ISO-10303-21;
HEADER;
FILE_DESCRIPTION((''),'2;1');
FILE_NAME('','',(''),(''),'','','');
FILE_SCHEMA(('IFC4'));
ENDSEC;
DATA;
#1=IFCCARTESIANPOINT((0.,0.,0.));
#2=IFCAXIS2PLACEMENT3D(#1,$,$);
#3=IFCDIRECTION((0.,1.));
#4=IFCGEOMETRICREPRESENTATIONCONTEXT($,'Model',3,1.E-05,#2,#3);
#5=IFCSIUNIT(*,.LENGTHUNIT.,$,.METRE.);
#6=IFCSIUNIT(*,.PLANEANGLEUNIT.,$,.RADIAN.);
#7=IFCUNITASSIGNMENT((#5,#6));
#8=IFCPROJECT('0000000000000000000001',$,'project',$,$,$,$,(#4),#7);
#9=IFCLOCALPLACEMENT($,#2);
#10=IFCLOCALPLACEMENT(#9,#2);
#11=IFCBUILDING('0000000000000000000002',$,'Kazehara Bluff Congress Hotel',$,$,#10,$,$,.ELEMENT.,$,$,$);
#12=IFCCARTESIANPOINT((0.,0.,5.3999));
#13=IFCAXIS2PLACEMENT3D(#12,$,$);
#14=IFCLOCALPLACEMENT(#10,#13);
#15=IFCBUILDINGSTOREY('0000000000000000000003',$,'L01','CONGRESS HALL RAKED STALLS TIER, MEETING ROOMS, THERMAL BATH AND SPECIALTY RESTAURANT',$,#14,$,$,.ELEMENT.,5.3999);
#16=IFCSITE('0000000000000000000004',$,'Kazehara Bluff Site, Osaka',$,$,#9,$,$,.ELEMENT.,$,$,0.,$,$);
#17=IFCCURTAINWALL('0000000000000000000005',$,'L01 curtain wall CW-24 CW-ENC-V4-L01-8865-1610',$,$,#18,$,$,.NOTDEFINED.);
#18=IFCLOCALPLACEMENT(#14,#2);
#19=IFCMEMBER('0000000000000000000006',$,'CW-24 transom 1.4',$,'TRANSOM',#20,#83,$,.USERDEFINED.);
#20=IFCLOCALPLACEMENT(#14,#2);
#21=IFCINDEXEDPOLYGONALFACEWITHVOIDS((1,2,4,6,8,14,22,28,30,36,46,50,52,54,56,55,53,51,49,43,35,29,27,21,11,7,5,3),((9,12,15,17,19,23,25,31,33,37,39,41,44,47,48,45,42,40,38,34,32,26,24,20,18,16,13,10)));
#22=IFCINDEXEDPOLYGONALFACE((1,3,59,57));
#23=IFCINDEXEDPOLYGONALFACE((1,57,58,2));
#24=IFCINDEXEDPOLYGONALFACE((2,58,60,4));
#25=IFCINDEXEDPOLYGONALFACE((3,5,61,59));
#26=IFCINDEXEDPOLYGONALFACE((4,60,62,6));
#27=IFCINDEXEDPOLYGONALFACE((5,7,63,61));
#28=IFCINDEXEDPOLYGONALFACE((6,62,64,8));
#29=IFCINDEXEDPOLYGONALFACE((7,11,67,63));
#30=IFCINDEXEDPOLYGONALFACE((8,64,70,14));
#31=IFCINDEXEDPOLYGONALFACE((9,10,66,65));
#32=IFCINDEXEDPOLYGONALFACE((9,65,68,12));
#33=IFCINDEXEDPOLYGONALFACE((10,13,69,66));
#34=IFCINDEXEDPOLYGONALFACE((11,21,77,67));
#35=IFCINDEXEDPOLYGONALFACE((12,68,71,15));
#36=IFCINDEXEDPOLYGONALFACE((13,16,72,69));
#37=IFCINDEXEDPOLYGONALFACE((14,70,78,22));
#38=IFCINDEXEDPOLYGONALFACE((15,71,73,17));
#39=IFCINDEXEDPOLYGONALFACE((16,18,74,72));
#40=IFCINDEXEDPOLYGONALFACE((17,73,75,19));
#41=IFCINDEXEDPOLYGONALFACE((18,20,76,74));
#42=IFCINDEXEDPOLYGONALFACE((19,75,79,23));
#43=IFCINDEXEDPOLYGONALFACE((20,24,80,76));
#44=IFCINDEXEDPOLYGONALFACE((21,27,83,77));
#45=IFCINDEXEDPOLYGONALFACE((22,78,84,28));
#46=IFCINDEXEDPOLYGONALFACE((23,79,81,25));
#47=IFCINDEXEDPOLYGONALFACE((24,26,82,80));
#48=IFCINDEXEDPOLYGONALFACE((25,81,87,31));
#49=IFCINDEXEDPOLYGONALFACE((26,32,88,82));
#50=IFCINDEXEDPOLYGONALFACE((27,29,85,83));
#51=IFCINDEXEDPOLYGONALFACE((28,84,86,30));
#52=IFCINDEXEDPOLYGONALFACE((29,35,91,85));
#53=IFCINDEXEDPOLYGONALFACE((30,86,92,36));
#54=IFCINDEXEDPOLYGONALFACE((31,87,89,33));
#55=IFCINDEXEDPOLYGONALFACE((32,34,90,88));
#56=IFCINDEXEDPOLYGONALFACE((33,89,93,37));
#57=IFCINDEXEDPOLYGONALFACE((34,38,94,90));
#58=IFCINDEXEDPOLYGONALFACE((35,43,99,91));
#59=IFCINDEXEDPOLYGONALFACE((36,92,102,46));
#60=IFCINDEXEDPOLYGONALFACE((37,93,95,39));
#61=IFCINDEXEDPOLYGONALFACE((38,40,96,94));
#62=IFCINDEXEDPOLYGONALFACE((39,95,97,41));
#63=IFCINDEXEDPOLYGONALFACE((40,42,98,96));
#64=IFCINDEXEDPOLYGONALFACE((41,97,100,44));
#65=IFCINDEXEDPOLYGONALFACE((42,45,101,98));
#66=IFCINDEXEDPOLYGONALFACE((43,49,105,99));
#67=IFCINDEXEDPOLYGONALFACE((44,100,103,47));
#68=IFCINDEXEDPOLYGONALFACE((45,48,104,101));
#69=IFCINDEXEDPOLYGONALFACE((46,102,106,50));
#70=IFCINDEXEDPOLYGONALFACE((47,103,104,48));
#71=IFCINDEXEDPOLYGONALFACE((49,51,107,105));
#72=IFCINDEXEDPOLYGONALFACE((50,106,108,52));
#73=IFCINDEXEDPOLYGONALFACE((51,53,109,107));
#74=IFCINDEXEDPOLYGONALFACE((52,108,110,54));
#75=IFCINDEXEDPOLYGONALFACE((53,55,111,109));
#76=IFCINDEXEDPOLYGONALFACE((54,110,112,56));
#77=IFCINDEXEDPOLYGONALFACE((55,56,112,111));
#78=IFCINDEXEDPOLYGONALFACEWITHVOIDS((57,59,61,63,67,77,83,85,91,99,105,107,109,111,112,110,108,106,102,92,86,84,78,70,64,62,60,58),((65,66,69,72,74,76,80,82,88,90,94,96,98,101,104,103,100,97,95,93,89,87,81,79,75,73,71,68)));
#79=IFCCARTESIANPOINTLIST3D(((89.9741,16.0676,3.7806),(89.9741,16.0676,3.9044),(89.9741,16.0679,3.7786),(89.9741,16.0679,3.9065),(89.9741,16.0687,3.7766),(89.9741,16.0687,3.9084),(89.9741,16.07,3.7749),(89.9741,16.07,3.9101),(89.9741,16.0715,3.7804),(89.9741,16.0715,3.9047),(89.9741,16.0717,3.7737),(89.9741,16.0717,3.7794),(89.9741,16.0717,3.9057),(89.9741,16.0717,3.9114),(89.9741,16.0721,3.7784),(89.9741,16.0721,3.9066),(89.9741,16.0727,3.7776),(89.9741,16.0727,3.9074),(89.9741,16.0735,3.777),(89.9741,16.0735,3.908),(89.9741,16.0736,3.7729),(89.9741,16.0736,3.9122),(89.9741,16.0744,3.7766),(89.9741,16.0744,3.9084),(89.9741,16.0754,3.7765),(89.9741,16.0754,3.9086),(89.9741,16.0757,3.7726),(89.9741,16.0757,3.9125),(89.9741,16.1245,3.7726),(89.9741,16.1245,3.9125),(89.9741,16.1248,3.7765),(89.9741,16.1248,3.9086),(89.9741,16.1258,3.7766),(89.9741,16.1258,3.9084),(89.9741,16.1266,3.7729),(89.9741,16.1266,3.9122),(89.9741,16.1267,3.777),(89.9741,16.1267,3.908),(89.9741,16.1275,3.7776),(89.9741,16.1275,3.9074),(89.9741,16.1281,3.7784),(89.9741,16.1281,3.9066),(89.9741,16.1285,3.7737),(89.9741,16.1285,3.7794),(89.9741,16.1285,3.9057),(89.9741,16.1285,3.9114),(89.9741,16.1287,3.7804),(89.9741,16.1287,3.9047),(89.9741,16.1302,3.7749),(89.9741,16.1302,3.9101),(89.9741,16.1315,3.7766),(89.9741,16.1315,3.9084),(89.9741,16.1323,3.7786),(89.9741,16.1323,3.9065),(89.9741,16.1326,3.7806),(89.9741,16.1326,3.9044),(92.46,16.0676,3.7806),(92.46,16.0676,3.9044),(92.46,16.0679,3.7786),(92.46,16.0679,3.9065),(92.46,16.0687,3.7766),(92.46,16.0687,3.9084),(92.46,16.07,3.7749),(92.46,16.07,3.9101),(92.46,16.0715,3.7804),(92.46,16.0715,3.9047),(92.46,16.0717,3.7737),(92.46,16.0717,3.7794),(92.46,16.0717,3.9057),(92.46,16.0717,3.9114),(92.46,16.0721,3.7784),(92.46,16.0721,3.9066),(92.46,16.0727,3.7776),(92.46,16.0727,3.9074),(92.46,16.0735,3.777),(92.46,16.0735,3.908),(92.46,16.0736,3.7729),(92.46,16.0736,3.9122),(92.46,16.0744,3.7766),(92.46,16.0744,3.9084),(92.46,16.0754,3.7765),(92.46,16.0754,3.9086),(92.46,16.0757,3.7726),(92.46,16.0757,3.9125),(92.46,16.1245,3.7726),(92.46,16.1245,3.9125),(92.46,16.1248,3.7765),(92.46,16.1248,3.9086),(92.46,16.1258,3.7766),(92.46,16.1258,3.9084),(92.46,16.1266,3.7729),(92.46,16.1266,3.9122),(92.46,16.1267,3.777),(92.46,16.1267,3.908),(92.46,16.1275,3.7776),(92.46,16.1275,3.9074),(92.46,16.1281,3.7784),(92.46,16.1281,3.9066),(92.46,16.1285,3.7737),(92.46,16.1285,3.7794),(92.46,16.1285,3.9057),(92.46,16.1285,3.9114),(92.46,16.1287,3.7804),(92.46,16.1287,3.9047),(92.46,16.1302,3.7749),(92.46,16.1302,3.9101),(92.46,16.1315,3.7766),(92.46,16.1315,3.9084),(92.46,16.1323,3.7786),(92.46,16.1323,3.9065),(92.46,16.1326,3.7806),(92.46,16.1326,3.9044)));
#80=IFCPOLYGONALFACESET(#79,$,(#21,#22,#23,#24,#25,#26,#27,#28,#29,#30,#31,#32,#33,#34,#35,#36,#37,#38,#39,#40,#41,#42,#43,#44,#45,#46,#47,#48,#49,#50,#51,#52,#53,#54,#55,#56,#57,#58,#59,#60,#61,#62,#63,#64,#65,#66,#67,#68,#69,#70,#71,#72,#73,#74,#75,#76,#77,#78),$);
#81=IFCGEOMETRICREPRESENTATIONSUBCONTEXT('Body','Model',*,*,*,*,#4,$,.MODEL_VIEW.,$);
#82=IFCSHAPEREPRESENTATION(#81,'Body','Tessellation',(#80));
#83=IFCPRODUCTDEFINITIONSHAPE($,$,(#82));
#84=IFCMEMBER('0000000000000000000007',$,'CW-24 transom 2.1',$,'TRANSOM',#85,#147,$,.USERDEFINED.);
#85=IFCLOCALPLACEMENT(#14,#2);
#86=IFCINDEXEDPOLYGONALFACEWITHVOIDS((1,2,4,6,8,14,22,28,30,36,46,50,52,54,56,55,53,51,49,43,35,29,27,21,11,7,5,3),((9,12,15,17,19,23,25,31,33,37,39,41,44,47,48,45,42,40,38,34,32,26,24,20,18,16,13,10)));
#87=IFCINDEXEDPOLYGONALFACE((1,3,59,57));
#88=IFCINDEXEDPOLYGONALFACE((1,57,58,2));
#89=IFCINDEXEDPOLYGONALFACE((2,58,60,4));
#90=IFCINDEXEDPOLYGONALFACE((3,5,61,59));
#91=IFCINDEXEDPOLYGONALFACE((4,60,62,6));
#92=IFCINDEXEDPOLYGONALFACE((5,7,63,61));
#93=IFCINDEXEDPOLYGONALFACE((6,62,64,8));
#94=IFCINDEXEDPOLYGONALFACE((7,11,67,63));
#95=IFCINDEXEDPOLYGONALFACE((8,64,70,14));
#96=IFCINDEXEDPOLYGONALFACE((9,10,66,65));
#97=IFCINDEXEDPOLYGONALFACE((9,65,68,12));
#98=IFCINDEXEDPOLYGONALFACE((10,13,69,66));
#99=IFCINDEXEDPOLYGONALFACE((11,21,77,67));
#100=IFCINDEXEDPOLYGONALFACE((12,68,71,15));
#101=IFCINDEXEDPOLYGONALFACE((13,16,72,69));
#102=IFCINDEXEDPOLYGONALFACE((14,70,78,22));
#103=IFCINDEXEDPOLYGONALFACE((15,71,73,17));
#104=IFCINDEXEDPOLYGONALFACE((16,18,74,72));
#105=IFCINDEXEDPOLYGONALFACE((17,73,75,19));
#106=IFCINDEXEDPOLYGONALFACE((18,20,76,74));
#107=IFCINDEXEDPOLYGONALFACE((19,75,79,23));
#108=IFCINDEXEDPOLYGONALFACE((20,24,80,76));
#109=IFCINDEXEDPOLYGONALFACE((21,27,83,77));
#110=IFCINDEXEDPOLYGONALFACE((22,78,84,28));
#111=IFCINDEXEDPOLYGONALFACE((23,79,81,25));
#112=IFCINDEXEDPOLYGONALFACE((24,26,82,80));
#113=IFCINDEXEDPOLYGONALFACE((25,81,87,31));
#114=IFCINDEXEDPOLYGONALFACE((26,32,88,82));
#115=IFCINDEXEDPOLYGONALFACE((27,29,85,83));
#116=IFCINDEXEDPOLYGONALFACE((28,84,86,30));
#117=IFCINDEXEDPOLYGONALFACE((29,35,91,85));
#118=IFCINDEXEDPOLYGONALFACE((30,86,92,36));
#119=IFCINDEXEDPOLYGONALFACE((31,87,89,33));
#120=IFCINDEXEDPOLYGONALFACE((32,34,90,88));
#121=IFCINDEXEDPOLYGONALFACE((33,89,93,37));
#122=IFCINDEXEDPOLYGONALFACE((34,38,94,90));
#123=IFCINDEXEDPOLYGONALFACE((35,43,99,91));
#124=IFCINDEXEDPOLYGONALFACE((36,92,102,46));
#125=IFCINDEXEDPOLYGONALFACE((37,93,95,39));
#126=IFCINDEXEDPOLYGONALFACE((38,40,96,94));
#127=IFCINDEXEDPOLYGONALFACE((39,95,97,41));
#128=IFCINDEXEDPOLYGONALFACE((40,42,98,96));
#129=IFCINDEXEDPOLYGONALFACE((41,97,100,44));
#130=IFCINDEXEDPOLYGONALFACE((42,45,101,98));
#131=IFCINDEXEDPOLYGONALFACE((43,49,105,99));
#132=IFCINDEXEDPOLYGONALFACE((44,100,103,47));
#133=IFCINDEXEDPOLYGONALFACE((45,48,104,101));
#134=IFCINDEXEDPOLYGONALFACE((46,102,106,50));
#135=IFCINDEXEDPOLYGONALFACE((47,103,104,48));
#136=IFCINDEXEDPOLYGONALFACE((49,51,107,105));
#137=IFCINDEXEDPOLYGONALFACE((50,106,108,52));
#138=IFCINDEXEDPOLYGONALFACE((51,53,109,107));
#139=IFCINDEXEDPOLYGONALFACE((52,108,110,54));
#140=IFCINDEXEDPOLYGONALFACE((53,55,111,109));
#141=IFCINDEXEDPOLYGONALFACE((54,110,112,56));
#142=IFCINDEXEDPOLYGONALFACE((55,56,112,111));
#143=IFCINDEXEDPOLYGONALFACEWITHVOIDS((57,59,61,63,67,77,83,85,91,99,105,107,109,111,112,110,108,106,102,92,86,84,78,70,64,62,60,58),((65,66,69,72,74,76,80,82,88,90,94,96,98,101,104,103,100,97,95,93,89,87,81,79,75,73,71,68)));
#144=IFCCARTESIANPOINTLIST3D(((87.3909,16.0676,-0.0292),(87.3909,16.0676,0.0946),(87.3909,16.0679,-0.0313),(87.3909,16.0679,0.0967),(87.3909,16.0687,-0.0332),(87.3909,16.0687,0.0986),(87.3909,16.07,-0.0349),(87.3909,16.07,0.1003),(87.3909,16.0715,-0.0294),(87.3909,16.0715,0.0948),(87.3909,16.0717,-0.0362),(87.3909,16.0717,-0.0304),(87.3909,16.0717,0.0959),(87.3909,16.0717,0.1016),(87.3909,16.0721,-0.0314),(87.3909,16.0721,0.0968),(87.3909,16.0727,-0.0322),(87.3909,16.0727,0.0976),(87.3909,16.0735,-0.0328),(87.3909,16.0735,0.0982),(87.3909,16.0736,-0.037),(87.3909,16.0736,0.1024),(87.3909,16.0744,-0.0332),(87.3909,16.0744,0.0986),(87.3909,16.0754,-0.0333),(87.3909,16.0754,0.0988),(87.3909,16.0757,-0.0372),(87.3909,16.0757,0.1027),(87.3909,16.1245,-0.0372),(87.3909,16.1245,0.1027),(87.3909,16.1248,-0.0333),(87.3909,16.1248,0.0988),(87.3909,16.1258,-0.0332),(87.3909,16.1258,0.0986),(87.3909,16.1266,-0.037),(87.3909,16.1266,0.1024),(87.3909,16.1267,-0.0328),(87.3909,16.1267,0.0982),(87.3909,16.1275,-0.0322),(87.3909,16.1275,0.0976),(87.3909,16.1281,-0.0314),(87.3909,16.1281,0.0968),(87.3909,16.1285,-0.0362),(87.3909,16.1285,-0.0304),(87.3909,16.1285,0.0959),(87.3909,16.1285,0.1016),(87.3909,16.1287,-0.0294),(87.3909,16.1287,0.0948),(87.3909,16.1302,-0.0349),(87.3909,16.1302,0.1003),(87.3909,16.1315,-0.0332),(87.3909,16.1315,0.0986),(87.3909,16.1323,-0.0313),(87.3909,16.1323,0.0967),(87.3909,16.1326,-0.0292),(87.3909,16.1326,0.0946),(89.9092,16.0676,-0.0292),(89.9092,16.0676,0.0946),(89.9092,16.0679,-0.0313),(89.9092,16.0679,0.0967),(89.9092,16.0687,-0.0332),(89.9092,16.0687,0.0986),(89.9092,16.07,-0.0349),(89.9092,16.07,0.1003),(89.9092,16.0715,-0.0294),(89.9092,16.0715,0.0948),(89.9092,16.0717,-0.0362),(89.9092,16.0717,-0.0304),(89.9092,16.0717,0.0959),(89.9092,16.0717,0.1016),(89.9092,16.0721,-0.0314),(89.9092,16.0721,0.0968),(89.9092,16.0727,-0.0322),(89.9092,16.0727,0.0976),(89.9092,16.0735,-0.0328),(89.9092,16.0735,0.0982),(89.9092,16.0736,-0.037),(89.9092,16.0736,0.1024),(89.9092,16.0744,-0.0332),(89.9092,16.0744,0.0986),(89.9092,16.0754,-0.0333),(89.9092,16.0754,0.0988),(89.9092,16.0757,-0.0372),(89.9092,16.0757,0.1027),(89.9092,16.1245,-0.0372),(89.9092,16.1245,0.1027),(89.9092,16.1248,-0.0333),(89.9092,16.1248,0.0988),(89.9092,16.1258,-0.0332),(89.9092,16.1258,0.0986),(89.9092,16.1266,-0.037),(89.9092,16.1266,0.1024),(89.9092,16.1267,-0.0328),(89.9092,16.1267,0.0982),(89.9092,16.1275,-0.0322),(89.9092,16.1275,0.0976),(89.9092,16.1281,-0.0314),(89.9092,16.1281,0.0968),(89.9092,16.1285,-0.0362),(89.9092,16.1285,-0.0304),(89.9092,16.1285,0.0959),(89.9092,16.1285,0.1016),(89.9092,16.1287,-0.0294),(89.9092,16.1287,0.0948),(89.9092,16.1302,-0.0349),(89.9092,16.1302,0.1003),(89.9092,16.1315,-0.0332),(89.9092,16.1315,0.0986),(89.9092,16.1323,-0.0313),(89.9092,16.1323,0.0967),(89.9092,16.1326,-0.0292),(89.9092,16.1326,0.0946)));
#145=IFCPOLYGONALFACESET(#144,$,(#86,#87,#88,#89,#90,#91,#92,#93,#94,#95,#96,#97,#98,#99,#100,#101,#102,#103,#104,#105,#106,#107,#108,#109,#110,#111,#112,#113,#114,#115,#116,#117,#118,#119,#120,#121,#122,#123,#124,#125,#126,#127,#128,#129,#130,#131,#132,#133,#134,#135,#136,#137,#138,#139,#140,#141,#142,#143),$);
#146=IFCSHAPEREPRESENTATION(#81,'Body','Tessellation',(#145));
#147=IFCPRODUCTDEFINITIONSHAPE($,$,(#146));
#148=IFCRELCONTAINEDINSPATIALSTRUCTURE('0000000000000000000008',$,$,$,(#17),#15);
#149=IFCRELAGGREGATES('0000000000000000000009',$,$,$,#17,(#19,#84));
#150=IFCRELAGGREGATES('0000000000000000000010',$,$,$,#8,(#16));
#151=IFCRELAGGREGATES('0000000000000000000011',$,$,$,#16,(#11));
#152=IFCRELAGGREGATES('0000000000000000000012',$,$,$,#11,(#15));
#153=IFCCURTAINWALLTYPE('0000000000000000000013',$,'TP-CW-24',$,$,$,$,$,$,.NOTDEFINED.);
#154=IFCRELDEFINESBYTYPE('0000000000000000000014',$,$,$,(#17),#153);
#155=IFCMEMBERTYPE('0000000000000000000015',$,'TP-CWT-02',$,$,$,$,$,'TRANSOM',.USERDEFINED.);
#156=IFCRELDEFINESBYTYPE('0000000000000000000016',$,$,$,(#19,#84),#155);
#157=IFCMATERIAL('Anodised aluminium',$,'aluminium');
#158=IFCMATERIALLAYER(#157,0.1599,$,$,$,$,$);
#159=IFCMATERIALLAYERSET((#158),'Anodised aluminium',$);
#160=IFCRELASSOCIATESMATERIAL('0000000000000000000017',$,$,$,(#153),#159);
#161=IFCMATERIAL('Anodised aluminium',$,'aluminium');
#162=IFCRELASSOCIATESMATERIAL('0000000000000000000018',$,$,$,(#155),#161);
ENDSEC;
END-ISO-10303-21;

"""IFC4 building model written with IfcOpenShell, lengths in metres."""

from ifc_helpers import new_model, si_unit, direction, frame, origin, origin_2d, place, context, subcontext, project, spatial, hollow_rectangle, extrude, material, layer, layer_set, material_profile, profile_set, type_object, element, aggregate, save


model = new_model("IFC4")

# Units and contexts
model_context = context("Model", 3, precision=1e-05, world=origin(), true_north=direction((0.0, 1.0)))
body_context = subcontext(model_context, "Body", "Model", "MODEL_VIEW")
ifc_project = project(units=[si_unit("LENGTHUNIT", "METRE"), si_unit("PLANEANGLEUNIT", "RADIAN")], contexts=[model_context])

# Site, building, storey
site_placement = place(None, origin())
site = spatial("IfcSite", under=ifc_project, at=site_placement, Name="Kazehara Bluff Site, Osaka", CompositionType="ELEMENT", RefElevation=0.0)
building_placement = place(site_placement, origin())
building = spatial("IfcBuilding", under=site, at=building_placement, Name="Kazehara Bluff Congress Hotel", CompositionType="ELEMENT")
storey_placement = place(building_placement, frame((0.0, 0.0, 5.3999)))
storey = spatial("IfcBuildingStorey", under=building, at=storey_placement, Name="L01", Description="CONGRESS HALL RAKED STALLS TIER, MEETING ROOMS, THERMAL BATH AND SPECIALTY RESTAURANT", CompositionType="ELEMENT", Elevation=5.3999)

# Curtain wall
ifc_material_1 = material(Name="Anodised aluminium", Category="aluminium")
ifc_layer_1 = layer(ifc_material_1, 0.1599)
ifc_layer_set_1 = layer_set([ifc_layer_1], Name="Anodised aluminium")
curtain_wall_type = type_object("IfcCurtainWallType", Name="TP-CW-24", PredefinedType="NOTDEFINED", material=ifc_layer_set_1)
curtain_wall_1_placement = place(storey_placement, origin())
curtain_wall_1 = element("IfcCurtainWall", 1, at=curtain_wall_1_placement, inside=storey, type_object=curtain_wall_type, Name="L01 curtain wall CW-24 CW-ENC-V4-L01-8865-1610", PredefinedType="NOTDEFINED")

# Members
ifc_material_2 = material(Name="Anodised aluminium", Category="aluminium")
ifc_material_profile_1 = material_profile(ifc_material_2, hollow_rectangle(XDim=0.0649, YDim=0.1399, WallThickness=0.0039, InnerFilletRadius=0.0039, OuterFilletRadius=0.0081, at=origin_2d()))
ifc_profile_set_1 = profile_set([ifc_material_profile_1], Name="Anodised aluminium")
member_type_1 = type_object("IfcMemberType", Name="TP-CWT-02", ElementType="TRANSOM", PredefinedType="USERDEFINED", material=ifc_profile_set_1)
member_1_placement = place(storey_placement, frame((92.46, 16.1001, 3.8425), z_axis=(-1.0, 0.0, 0.0), x_axis=(0.0, -1.0, 0.0)))
member_1 = element("IfcMember", 2, at=member_1_placement, type_object=member_type_1, Name="CW-24 transom 1.4", ObjectType="TRANSOM", PredefinedType="USERDEFINED", context=body_context, shape_type="SweptSolid", body=[
    extrude(hollow_rectangle(XDim=0.0649, YDim=0.1399, WallThickness=0.0039, InnerFilletRadius=0.0039, OuterFilletRadius=0.0081, at=origin_2d()), origin(), (0.0, 0.0, 1.0), 2.4858),
])
member_2_placement = place(storey_placement, frame((89.9092, 16.1001, 0.0327), z_axis=(-1.0, 0.0, 0.0), x_axis=(0.0, -1.0, 0.0)))
member_2 = element("IfcMember", 3, at=member_2_placement, type_object=member_type_1, Name="CW-24 transom 2.1", ObjectType="TRANSOM", PredefinedType="USERDEFINED", context=body_context, shape_type="SweptSolid", body=[
    extrude(hollow_rectangle(XDim=0.0649, YDim=0.1399, WallThickness=0.0039, InnerFilletRadius=0.0039, OuterFilletRadius=0.0081, at=origin_2d()), origin(), (0.0, 0.0, 1.0), 2.5183),
])

aggregate(curtain_wall_1, [member_1, member_2])

save(model, "model.ifc")
